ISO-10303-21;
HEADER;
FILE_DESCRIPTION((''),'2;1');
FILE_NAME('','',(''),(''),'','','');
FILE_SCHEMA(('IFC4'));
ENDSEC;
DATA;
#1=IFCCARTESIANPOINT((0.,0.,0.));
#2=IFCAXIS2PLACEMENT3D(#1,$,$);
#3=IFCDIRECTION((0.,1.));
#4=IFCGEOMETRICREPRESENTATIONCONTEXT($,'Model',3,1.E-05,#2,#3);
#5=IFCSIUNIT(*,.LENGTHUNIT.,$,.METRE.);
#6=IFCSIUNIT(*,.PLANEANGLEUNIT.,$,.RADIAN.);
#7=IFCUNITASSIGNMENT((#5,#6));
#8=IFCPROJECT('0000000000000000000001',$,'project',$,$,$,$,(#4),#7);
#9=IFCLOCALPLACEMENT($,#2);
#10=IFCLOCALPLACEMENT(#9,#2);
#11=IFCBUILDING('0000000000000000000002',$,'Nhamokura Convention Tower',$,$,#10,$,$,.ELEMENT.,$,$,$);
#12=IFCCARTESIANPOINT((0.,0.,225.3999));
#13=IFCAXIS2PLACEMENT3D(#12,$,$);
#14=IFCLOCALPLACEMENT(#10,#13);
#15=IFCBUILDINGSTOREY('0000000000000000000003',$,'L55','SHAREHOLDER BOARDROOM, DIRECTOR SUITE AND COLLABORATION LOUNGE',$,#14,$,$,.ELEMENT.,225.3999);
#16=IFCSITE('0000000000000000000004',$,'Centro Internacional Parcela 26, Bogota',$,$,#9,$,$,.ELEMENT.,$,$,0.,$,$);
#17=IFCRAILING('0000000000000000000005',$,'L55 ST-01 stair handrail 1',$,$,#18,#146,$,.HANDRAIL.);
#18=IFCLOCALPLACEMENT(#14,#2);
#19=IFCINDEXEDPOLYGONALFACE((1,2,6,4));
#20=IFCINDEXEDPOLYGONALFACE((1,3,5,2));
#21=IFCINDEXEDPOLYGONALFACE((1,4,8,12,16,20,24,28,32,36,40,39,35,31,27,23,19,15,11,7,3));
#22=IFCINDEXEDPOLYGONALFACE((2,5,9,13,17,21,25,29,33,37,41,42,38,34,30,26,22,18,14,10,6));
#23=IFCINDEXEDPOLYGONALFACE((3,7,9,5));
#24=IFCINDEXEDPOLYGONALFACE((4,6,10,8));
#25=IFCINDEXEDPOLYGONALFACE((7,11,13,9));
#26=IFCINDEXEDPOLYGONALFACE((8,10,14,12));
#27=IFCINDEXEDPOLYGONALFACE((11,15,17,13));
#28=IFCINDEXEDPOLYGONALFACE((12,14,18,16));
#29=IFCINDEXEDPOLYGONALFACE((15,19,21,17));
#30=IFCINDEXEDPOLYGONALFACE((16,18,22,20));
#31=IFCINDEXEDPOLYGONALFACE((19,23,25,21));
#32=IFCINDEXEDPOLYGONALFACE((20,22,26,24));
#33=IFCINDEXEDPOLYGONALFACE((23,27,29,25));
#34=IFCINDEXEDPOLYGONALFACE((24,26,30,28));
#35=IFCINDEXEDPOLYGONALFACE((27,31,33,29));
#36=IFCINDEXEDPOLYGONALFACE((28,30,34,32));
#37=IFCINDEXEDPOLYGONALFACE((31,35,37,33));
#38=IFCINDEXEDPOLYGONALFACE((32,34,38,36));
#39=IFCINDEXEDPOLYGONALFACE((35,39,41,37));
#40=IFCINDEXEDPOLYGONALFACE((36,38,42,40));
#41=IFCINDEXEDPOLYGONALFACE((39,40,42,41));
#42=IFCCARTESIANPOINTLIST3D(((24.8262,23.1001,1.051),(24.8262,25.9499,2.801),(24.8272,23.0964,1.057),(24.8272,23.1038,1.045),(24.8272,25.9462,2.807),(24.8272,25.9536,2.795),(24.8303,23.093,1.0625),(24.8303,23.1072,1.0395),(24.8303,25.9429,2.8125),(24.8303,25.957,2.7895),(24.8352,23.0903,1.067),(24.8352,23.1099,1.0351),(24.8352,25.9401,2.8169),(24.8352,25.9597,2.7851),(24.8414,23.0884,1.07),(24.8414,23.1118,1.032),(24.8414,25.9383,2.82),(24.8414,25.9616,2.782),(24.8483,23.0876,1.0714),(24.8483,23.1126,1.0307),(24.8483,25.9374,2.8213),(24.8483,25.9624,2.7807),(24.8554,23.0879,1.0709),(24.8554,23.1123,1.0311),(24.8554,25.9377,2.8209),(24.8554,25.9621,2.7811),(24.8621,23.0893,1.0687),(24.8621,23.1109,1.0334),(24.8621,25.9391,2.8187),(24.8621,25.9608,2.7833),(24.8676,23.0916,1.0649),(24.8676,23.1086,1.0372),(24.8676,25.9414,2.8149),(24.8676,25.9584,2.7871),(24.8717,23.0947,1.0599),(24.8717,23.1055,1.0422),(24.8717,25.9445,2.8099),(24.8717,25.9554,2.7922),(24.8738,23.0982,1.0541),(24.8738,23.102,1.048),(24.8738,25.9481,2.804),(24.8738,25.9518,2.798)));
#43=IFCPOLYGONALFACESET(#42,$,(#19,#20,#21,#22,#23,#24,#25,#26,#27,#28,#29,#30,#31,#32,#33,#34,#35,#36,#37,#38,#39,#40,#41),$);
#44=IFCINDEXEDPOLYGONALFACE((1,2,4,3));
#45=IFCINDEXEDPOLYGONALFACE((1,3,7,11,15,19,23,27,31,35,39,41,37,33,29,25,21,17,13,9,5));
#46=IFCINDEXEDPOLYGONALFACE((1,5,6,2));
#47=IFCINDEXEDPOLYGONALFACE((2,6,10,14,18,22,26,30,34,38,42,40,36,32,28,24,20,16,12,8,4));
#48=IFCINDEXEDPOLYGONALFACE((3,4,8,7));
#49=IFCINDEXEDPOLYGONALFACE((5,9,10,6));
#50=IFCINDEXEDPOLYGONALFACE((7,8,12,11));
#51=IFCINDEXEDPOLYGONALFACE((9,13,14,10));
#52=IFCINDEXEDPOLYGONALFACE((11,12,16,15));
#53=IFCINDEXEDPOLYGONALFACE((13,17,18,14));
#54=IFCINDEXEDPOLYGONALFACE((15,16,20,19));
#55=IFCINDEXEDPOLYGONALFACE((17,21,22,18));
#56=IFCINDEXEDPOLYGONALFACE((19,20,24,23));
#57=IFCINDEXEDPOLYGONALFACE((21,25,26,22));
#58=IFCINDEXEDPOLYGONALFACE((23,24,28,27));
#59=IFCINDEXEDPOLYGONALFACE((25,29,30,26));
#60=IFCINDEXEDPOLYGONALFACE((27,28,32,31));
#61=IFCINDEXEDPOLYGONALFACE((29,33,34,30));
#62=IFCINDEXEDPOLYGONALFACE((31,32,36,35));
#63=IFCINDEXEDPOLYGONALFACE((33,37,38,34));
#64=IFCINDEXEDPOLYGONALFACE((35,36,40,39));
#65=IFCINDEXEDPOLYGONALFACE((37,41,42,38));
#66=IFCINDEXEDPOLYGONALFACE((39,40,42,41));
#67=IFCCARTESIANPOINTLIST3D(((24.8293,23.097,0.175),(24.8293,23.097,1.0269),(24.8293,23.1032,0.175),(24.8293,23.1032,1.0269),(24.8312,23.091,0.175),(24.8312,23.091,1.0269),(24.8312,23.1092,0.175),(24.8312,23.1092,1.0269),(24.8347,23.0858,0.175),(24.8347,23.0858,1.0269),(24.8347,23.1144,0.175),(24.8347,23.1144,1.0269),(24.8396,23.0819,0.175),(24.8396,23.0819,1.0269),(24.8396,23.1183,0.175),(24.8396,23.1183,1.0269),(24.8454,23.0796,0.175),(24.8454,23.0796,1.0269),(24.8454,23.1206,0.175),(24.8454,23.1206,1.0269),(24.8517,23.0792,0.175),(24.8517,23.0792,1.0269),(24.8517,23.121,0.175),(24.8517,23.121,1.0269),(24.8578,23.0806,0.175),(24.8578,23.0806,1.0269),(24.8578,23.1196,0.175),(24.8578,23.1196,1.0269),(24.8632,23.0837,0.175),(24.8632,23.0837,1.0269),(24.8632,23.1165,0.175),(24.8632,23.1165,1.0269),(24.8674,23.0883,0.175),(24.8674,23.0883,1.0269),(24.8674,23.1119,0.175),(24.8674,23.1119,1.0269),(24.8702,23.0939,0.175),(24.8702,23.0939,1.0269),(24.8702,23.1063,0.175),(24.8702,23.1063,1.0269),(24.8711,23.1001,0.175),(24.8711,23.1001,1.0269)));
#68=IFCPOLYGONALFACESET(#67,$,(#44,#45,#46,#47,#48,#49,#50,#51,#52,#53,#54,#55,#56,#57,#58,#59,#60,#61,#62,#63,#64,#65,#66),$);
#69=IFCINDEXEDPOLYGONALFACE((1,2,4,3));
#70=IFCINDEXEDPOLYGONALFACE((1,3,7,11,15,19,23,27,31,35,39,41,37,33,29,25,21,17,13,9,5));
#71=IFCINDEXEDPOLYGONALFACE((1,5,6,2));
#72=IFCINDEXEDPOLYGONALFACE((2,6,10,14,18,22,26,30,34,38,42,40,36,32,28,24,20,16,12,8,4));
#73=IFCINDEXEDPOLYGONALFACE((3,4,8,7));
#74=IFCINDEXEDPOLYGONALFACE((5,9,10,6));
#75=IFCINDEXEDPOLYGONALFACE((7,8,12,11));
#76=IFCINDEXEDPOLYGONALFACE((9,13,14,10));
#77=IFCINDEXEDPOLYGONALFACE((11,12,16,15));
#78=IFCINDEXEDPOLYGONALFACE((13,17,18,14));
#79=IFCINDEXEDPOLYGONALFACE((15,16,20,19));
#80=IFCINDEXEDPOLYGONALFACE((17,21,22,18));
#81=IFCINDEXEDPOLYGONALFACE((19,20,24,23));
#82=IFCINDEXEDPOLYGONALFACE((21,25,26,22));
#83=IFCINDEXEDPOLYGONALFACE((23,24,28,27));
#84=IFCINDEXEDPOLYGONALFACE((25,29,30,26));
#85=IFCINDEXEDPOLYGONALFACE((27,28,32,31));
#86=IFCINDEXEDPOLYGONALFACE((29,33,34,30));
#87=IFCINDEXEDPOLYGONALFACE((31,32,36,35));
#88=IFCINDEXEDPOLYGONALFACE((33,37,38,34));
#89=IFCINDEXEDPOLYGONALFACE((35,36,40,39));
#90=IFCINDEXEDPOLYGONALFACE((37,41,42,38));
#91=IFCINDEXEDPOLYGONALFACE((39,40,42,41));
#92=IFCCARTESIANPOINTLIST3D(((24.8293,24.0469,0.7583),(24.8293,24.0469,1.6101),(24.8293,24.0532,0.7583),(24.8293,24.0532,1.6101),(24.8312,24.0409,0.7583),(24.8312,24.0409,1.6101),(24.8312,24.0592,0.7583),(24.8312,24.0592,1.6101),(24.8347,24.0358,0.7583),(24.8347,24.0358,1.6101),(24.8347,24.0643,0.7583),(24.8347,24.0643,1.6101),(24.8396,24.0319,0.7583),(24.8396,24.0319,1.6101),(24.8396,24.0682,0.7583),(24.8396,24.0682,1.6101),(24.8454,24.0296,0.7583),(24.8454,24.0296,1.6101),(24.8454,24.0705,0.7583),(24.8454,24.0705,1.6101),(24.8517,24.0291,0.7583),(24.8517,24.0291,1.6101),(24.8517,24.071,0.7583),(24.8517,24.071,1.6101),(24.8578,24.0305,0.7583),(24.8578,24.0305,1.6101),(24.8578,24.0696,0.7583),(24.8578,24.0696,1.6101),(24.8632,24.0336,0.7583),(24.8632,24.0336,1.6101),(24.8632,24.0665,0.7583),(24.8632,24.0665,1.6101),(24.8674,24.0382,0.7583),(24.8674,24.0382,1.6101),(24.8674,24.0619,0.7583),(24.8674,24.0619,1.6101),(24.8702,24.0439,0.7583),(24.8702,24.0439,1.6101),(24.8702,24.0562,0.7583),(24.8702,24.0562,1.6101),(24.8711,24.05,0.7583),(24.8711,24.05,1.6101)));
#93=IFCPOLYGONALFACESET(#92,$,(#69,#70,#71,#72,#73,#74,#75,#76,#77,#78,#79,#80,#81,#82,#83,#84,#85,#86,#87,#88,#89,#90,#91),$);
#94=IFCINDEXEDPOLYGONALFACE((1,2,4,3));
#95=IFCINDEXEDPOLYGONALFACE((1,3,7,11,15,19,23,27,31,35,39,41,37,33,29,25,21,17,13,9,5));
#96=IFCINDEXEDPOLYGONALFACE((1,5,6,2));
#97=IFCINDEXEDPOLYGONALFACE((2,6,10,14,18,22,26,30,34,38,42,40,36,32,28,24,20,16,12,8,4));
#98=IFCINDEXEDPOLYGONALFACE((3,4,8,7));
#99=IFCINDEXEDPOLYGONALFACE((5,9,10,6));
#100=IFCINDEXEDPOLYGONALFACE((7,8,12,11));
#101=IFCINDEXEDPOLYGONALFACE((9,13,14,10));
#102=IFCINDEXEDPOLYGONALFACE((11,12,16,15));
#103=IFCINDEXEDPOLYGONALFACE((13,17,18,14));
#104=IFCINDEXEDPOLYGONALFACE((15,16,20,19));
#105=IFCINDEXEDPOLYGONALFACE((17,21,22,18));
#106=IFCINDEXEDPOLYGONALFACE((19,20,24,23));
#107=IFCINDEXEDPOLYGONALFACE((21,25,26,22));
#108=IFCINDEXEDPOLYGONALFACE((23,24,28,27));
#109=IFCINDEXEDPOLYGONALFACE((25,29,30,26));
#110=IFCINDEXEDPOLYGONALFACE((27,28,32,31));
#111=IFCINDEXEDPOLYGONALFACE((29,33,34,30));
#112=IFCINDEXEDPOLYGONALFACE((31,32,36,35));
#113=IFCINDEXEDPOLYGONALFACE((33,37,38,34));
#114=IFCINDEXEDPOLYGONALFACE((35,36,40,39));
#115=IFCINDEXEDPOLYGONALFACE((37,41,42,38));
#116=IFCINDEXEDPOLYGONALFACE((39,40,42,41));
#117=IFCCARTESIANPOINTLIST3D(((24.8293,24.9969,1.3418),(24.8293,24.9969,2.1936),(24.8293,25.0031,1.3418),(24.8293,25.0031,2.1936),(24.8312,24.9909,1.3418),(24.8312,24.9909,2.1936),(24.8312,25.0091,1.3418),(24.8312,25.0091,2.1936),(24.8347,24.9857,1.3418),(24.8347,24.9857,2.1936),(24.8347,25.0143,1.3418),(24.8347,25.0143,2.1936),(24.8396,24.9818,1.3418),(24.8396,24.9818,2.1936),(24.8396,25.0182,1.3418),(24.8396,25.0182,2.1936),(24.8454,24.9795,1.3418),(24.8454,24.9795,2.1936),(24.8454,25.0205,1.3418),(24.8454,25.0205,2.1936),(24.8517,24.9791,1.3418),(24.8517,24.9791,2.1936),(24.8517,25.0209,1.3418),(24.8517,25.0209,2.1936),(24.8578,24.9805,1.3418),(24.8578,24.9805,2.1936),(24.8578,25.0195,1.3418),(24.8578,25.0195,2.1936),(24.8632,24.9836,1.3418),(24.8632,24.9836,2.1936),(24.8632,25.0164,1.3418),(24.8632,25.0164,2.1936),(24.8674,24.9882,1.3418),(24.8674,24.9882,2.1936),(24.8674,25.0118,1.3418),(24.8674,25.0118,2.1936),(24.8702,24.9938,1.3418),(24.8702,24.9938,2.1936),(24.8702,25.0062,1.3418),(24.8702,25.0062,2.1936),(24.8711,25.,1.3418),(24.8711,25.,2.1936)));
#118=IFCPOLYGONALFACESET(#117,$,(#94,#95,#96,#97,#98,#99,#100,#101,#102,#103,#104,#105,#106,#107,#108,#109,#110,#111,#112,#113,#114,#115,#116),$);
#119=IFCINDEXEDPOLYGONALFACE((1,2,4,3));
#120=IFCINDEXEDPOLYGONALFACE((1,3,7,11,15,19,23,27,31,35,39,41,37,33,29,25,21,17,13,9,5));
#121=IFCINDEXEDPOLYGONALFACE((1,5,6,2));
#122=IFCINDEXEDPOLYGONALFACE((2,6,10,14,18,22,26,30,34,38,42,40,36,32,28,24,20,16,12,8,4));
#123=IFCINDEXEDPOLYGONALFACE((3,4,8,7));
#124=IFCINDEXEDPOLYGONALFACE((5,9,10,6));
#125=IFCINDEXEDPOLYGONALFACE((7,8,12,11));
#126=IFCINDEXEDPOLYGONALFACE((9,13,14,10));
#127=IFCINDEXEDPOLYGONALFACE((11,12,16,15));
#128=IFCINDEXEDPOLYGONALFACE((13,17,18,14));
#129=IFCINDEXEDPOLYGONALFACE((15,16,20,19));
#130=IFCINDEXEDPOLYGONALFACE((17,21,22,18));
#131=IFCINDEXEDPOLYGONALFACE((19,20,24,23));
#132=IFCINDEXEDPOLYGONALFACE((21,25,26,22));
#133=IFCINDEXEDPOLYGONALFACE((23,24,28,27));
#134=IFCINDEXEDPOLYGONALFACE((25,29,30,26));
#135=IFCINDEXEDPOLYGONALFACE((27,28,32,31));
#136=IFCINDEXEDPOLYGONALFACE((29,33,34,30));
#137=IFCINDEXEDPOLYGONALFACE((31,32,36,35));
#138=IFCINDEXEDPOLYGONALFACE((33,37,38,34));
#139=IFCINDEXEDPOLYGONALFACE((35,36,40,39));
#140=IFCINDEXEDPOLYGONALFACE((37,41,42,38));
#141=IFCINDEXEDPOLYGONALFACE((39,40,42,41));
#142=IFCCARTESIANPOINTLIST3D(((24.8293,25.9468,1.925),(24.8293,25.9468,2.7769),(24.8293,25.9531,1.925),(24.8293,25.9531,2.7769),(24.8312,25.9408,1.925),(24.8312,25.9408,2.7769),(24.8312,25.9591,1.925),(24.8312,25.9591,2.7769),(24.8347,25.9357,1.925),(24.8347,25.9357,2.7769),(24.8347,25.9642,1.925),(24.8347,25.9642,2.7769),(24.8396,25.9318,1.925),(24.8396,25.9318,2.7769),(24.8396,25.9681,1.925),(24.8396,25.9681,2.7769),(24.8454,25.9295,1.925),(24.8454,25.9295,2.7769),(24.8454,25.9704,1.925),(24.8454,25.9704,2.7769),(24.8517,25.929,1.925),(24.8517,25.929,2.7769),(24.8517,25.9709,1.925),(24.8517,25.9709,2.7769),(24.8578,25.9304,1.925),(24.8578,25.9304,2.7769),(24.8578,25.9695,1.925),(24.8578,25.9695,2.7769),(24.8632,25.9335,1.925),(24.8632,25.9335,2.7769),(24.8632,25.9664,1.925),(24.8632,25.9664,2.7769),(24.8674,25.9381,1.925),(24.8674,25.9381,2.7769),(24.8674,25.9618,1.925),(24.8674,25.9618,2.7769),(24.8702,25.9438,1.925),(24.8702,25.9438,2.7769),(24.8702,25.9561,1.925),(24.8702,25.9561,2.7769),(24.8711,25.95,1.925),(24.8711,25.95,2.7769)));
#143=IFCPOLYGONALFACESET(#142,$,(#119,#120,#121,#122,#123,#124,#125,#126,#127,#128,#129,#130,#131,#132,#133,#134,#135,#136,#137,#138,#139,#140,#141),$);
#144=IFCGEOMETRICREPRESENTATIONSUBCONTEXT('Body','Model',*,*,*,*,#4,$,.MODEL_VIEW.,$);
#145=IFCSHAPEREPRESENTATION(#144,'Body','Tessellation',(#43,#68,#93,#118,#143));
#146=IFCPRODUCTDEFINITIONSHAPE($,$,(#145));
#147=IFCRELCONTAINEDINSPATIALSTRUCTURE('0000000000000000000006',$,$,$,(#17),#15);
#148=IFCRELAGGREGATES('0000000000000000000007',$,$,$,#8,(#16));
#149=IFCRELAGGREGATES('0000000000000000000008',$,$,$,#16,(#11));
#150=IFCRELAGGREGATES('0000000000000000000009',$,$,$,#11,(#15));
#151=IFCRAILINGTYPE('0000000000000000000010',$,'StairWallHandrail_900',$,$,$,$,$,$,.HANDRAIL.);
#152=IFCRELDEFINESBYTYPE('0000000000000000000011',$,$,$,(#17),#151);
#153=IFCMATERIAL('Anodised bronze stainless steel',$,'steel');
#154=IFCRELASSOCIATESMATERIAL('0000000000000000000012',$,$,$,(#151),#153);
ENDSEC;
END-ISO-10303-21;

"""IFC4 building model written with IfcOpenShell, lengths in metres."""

from ifc_helpers import new_model, si_unit, direction, frame, origin, origin_2d, place, context, subcontext, project, spatial, circle, extrude, material, type_object, element, save


model = new_model("IFC4")

# Units and contexts
model_context = context("Model", 3, precision=1e-05, world=origin(), true_north=direction((0.0, 1.0)))
body_context = subcontext(model_context, "Body", "Model", "MODEL_VIEW")
ifc_project = project(units=[si_unit("LENGTHUNIT", "METRE"), si_unit("PLANEANGLEUNIT", "RADIAN")], contexts=[model_context])

# Site, building, storey
site_placement = place(None, origin())
site = spatial("IfcSite", under=ifc_project, at=site_placement, Name="Centro Internacional Parcela 26, Bogota", CompositionType="ELEMENT", RefElevation=0.0)
building_placement = place(site_placement, origin())
building = spatial("IfcBuilding", under=site, at=building_placement, Name="Nhamokura Convention Tower", CompositionType="ELEMENT")
storey_placement = place(building_placement, frame((0.0, 0.0, 225.3999)))
storey = spatial("IfcBuildingStorey", under=building, at=storey_placement, Name="L55", Description="SHAREHOLDER BOARDROOM, DIRECTOR SUITE AND COLLABORATION LOUNGE", CompositionType="ELEMENT", Elevation=225.3999)

# Railing
ifc_material_1 = material(Name="Anodised bronze stainless steel", Category="steel")
railing_type_1 = type_object("IfcRailingType", Name="StairWallHandrail_900", PredefinedType="HANDRAIL", material=ifc_material_1)
railing_1_placement = place(storey_placement, frame((24.8501, 23.1001, 0.175)))
element("IfcRailing", 1, at=railing_1_placement, inside=storey, type_object=railing_type_1, Name="L55 ST-01 stair handrail 1", PredefinedType="HANDRAIL", context=body_context, shape_type="SweptSolid", body=[
    extrude(circle(Radius=0.0239, at=origin_2d()), frame((0.0, 0.0, 0.876), z_axis=(0.0, 0.852159, 0.523283), x_axis=(-1.0, 0.0, 0.0)), (0.0, 0.0, 1.0), 3.3442),
    extrude(circle(Radius=0.021, at=origin_2d()), origin(), (0.0, 0.0, 1.0), 0.8518),
    extrude(circle(Radius=0.021, at=origin_2d()), frame((0.0, 0.95, 0.5833)), (0.0, 0.0, 1.0), 0.8518),
    extrude(circle(Radius=0.021, at=origin_2d()), frame((0.0, 1.8999, 1.1667)), (0.0, 0.0, 1.0), 0.8518),
    extrude(circle(Radius=0.021, at=origin_2d()), frame((0.0, 2.8499, 1.75)), (0.0, 0.0, 1.0), 0.8518),
])

save(model, "model.ifc")
